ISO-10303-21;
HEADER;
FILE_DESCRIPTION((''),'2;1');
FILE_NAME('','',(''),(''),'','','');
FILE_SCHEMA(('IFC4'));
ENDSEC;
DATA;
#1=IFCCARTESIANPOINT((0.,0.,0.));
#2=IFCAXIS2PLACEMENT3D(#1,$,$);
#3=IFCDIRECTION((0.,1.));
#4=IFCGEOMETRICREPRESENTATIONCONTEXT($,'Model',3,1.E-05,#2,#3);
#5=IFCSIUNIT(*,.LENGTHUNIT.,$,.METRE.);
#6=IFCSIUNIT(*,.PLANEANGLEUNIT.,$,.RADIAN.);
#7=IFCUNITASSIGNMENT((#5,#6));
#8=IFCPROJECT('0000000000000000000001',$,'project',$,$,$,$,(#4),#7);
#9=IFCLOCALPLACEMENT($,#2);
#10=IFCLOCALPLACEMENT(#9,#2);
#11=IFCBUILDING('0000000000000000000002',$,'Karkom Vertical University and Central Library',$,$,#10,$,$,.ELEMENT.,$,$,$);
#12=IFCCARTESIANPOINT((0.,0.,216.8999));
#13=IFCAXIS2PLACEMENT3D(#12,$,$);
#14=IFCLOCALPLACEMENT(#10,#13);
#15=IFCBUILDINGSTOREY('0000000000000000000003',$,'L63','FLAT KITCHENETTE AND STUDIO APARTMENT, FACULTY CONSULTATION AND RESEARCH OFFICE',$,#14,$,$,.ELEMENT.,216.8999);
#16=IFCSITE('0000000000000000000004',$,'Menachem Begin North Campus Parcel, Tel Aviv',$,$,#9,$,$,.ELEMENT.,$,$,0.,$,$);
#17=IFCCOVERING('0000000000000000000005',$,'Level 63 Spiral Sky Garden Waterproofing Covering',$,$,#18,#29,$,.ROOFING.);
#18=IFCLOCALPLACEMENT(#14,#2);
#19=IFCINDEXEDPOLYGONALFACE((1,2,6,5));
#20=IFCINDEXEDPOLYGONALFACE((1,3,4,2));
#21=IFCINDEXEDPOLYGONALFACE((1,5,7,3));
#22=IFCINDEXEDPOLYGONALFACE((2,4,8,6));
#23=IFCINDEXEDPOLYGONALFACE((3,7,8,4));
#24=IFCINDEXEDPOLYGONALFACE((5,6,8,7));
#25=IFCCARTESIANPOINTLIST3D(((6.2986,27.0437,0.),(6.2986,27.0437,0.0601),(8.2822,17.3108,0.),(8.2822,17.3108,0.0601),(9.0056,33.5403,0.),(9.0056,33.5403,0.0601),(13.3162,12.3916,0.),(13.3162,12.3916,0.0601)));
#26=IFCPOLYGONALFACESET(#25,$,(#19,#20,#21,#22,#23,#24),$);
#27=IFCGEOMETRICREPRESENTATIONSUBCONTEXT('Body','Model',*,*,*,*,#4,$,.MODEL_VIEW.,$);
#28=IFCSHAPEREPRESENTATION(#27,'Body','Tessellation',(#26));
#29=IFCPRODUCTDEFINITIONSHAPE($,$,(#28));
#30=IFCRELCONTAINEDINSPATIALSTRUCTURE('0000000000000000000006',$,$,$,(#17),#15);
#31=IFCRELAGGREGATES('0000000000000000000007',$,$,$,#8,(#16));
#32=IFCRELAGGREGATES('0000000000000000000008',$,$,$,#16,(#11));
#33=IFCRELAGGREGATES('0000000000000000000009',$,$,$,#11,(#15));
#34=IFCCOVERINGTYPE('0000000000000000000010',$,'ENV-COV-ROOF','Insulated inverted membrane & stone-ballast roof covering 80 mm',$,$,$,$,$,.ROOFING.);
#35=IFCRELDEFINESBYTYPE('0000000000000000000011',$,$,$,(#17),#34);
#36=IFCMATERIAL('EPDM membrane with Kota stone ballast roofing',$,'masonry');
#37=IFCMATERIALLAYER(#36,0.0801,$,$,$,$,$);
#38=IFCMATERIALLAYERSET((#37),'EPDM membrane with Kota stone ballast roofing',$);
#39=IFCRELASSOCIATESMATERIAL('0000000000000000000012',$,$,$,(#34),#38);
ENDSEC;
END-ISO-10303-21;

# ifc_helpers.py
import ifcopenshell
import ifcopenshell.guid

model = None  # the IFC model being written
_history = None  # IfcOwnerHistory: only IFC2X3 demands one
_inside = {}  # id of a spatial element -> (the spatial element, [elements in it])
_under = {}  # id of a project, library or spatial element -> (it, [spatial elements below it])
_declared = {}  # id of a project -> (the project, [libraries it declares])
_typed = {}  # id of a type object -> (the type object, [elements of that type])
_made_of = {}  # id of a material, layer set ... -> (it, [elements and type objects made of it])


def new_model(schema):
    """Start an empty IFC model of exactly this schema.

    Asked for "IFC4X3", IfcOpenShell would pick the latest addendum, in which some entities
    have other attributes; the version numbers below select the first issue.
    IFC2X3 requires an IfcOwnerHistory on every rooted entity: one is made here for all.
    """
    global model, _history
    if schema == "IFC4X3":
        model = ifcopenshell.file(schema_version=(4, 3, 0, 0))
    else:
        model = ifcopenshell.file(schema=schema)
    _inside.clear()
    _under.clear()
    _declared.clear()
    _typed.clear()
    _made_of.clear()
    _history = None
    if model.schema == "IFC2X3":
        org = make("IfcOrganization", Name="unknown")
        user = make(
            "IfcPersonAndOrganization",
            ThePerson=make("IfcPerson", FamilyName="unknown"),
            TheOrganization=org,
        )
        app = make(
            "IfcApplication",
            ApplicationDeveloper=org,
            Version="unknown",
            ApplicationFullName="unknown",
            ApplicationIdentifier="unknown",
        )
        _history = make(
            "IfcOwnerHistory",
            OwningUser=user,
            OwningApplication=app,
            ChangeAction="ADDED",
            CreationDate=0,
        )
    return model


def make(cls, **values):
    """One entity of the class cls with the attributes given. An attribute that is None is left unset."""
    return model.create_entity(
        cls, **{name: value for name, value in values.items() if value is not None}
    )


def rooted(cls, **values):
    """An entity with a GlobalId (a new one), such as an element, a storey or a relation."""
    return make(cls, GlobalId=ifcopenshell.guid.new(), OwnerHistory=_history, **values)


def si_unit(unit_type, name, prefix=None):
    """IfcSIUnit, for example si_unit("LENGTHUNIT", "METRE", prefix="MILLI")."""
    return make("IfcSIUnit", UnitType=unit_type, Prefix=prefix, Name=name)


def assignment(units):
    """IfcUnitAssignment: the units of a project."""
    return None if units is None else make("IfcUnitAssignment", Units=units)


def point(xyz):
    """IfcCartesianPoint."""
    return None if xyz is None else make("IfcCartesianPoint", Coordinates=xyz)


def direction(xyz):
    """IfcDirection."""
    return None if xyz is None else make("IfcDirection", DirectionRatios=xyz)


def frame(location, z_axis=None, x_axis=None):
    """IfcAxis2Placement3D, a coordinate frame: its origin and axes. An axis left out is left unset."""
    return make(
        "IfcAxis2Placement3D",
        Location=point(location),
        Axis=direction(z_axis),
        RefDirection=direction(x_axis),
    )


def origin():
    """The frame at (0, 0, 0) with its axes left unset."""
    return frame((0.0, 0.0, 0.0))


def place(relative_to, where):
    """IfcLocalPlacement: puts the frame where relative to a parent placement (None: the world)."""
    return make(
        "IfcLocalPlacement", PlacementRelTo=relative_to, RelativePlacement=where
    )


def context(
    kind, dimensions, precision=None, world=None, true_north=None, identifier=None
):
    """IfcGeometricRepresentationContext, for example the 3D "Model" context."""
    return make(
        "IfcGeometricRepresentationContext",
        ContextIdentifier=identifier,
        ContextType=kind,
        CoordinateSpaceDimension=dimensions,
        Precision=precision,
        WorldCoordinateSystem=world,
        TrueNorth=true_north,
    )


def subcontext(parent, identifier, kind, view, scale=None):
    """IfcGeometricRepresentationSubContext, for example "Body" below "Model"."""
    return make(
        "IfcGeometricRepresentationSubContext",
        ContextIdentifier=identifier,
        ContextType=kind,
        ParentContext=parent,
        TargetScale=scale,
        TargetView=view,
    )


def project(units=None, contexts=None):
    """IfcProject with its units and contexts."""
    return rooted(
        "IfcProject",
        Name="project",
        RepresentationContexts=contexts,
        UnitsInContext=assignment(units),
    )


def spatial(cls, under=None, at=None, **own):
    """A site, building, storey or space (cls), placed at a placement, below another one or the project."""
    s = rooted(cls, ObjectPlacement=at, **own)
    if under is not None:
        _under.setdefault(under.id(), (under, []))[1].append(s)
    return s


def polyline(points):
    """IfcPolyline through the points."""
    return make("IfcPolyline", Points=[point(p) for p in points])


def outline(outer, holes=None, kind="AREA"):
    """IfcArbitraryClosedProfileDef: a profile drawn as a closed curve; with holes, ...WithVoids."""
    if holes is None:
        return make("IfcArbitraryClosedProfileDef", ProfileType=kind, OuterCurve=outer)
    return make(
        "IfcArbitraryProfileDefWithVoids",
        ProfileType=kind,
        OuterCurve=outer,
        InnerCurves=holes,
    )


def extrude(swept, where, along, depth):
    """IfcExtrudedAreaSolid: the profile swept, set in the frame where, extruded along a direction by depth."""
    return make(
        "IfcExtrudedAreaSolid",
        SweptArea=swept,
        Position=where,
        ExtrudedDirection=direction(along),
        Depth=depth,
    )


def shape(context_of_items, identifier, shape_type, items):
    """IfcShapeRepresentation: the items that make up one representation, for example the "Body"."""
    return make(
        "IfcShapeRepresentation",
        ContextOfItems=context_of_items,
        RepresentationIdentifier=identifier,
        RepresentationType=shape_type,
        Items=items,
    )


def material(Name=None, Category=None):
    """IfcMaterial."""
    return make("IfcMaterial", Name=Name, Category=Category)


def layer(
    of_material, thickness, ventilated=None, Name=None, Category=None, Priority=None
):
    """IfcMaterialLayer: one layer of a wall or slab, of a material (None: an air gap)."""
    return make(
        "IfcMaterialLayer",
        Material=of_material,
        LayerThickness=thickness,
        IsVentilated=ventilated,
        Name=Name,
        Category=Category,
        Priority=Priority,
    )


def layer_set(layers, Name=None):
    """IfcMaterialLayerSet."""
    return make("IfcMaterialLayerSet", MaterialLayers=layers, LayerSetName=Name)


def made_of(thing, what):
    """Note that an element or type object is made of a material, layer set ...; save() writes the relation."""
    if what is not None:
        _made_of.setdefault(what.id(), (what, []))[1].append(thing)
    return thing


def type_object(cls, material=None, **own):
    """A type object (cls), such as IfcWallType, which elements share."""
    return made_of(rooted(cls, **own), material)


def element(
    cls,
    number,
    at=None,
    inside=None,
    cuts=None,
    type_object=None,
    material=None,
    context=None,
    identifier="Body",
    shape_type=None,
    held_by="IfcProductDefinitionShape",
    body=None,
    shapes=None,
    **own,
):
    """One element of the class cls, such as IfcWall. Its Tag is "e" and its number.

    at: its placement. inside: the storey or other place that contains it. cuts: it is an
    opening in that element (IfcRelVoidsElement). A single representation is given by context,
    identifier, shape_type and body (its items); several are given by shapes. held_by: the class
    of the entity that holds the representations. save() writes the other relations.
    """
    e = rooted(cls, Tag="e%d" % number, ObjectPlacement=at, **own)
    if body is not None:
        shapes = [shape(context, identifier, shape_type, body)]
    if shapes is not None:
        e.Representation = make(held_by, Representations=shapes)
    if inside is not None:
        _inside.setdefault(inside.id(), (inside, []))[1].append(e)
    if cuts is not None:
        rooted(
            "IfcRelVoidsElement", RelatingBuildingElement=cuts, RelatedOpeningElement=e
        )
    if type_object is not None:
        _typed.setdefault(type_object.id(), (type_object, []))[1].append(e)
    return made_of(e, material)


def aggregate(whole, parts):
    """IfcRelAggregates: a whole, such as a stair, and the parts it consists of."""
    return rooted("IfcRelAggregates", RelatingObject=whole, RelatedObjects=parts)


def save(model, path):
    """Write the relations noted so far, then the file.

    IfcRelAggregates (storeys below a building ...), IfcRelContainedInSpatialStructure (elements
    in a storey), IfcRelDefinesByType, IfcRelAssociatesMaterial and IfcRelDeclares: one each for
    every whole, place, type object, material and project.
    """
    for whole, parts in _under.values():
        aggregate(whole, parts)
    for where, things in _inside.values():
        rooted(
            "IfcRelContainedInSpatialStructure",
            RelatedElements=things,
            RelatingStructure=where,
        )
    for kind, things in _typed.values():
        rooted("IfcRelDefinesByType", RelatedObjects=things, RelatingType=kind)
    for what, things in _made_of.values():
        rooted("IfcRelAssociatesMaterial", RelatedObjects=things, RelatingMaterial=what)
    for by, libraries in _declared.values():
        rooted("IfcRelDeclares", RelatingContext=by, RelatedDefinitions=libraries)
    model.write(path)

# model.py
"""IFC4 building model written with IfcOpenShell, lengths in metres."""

from ifc_helpers import new_model, si_unit, direction, frame, origin, place, context, subcontext, project, spatial, polyline, outline, extrude, material, layer, layer_set, type_object, element, save


model = new_model("IFC4")

# Units and contexts
model_context = context("Model", 3, precision=1e-05, world=origin(), true_north=direction((0.0, 1.0)))
body_context = subcontext(model_context, "Body", "Model", "MODEL_VIEW")
ifc_project = project(units=[si_unit("LENGTHUNIT", "METRE"), si_unit("PLANEANGLEUNIT", "RADIAN")], contexts=[model_context])

# Site, building, storey
site_placement = place(None, origin())
site = spatial("IfcSite", under=ifc_project, at=site_placement, Name="Menachem Begin North Campus Parcel, Tel Aviv", CompositionType="ELEMENT", RefElevation=0.0)
building_placement = place(site_placement, origin())
building = spatial("IfcBuilding", under=site, at=building_placement, Name="Karkom Vertical University and Central Library", CompositionType="ELEMENT")
storey_placement = place(building_placement, frame((0.0, 0.0, 216.8999)))
storey = spatial("IfcBuildingStorey", under=building, at=storey_placement, Name="L63", Description="FLAT KITCHENETTE AND STUDIO APARTMENT, FACULTY CONSULTATION AND RESEARCH OFFICE", CompositionType="ELEMENT", Elevation=216.8999)

# Covering
ifc_material_1 = material(Name="EPDM membrane with Kota stone ballast roofing", Category="masonry")
ifc_layer_1 = layer(ifc_material_1, 0.0801)
ifc_layer_set_1 = layer_set([ifc_layer_1], Name="EPDM membrane with Kota stone ballast roofing")
covering_type = type_object("IfcCoveringType", Name="ENV-COV-ROOF", Description="Insulated inverted membrane & stone-ballast roof covering 80 mm", PredefinedType="ROOFING", material=ifc_layer_set_1)
covering_placement = place(storey_placement, origin())
element("IfcCovering", 1, at=covering_placement, inside=storey, type_object=covering_type, Name="Level 63 Spiral Sky Garden Waterproofing Covering", PredefinedType="ROOFING", context=body_context, shape_type="SweptSolid", body=[
    extrude(outline(polyline([(8.2822, 17.3108), (13.3162, 12.3916), (9.0056, 33.5403), (6.2986, 27.0437), (8.2822, 17.3108)])), origin(), (0.0, 0.0, 1.0), 0.0601),
])

save(model, "model.ifc")
